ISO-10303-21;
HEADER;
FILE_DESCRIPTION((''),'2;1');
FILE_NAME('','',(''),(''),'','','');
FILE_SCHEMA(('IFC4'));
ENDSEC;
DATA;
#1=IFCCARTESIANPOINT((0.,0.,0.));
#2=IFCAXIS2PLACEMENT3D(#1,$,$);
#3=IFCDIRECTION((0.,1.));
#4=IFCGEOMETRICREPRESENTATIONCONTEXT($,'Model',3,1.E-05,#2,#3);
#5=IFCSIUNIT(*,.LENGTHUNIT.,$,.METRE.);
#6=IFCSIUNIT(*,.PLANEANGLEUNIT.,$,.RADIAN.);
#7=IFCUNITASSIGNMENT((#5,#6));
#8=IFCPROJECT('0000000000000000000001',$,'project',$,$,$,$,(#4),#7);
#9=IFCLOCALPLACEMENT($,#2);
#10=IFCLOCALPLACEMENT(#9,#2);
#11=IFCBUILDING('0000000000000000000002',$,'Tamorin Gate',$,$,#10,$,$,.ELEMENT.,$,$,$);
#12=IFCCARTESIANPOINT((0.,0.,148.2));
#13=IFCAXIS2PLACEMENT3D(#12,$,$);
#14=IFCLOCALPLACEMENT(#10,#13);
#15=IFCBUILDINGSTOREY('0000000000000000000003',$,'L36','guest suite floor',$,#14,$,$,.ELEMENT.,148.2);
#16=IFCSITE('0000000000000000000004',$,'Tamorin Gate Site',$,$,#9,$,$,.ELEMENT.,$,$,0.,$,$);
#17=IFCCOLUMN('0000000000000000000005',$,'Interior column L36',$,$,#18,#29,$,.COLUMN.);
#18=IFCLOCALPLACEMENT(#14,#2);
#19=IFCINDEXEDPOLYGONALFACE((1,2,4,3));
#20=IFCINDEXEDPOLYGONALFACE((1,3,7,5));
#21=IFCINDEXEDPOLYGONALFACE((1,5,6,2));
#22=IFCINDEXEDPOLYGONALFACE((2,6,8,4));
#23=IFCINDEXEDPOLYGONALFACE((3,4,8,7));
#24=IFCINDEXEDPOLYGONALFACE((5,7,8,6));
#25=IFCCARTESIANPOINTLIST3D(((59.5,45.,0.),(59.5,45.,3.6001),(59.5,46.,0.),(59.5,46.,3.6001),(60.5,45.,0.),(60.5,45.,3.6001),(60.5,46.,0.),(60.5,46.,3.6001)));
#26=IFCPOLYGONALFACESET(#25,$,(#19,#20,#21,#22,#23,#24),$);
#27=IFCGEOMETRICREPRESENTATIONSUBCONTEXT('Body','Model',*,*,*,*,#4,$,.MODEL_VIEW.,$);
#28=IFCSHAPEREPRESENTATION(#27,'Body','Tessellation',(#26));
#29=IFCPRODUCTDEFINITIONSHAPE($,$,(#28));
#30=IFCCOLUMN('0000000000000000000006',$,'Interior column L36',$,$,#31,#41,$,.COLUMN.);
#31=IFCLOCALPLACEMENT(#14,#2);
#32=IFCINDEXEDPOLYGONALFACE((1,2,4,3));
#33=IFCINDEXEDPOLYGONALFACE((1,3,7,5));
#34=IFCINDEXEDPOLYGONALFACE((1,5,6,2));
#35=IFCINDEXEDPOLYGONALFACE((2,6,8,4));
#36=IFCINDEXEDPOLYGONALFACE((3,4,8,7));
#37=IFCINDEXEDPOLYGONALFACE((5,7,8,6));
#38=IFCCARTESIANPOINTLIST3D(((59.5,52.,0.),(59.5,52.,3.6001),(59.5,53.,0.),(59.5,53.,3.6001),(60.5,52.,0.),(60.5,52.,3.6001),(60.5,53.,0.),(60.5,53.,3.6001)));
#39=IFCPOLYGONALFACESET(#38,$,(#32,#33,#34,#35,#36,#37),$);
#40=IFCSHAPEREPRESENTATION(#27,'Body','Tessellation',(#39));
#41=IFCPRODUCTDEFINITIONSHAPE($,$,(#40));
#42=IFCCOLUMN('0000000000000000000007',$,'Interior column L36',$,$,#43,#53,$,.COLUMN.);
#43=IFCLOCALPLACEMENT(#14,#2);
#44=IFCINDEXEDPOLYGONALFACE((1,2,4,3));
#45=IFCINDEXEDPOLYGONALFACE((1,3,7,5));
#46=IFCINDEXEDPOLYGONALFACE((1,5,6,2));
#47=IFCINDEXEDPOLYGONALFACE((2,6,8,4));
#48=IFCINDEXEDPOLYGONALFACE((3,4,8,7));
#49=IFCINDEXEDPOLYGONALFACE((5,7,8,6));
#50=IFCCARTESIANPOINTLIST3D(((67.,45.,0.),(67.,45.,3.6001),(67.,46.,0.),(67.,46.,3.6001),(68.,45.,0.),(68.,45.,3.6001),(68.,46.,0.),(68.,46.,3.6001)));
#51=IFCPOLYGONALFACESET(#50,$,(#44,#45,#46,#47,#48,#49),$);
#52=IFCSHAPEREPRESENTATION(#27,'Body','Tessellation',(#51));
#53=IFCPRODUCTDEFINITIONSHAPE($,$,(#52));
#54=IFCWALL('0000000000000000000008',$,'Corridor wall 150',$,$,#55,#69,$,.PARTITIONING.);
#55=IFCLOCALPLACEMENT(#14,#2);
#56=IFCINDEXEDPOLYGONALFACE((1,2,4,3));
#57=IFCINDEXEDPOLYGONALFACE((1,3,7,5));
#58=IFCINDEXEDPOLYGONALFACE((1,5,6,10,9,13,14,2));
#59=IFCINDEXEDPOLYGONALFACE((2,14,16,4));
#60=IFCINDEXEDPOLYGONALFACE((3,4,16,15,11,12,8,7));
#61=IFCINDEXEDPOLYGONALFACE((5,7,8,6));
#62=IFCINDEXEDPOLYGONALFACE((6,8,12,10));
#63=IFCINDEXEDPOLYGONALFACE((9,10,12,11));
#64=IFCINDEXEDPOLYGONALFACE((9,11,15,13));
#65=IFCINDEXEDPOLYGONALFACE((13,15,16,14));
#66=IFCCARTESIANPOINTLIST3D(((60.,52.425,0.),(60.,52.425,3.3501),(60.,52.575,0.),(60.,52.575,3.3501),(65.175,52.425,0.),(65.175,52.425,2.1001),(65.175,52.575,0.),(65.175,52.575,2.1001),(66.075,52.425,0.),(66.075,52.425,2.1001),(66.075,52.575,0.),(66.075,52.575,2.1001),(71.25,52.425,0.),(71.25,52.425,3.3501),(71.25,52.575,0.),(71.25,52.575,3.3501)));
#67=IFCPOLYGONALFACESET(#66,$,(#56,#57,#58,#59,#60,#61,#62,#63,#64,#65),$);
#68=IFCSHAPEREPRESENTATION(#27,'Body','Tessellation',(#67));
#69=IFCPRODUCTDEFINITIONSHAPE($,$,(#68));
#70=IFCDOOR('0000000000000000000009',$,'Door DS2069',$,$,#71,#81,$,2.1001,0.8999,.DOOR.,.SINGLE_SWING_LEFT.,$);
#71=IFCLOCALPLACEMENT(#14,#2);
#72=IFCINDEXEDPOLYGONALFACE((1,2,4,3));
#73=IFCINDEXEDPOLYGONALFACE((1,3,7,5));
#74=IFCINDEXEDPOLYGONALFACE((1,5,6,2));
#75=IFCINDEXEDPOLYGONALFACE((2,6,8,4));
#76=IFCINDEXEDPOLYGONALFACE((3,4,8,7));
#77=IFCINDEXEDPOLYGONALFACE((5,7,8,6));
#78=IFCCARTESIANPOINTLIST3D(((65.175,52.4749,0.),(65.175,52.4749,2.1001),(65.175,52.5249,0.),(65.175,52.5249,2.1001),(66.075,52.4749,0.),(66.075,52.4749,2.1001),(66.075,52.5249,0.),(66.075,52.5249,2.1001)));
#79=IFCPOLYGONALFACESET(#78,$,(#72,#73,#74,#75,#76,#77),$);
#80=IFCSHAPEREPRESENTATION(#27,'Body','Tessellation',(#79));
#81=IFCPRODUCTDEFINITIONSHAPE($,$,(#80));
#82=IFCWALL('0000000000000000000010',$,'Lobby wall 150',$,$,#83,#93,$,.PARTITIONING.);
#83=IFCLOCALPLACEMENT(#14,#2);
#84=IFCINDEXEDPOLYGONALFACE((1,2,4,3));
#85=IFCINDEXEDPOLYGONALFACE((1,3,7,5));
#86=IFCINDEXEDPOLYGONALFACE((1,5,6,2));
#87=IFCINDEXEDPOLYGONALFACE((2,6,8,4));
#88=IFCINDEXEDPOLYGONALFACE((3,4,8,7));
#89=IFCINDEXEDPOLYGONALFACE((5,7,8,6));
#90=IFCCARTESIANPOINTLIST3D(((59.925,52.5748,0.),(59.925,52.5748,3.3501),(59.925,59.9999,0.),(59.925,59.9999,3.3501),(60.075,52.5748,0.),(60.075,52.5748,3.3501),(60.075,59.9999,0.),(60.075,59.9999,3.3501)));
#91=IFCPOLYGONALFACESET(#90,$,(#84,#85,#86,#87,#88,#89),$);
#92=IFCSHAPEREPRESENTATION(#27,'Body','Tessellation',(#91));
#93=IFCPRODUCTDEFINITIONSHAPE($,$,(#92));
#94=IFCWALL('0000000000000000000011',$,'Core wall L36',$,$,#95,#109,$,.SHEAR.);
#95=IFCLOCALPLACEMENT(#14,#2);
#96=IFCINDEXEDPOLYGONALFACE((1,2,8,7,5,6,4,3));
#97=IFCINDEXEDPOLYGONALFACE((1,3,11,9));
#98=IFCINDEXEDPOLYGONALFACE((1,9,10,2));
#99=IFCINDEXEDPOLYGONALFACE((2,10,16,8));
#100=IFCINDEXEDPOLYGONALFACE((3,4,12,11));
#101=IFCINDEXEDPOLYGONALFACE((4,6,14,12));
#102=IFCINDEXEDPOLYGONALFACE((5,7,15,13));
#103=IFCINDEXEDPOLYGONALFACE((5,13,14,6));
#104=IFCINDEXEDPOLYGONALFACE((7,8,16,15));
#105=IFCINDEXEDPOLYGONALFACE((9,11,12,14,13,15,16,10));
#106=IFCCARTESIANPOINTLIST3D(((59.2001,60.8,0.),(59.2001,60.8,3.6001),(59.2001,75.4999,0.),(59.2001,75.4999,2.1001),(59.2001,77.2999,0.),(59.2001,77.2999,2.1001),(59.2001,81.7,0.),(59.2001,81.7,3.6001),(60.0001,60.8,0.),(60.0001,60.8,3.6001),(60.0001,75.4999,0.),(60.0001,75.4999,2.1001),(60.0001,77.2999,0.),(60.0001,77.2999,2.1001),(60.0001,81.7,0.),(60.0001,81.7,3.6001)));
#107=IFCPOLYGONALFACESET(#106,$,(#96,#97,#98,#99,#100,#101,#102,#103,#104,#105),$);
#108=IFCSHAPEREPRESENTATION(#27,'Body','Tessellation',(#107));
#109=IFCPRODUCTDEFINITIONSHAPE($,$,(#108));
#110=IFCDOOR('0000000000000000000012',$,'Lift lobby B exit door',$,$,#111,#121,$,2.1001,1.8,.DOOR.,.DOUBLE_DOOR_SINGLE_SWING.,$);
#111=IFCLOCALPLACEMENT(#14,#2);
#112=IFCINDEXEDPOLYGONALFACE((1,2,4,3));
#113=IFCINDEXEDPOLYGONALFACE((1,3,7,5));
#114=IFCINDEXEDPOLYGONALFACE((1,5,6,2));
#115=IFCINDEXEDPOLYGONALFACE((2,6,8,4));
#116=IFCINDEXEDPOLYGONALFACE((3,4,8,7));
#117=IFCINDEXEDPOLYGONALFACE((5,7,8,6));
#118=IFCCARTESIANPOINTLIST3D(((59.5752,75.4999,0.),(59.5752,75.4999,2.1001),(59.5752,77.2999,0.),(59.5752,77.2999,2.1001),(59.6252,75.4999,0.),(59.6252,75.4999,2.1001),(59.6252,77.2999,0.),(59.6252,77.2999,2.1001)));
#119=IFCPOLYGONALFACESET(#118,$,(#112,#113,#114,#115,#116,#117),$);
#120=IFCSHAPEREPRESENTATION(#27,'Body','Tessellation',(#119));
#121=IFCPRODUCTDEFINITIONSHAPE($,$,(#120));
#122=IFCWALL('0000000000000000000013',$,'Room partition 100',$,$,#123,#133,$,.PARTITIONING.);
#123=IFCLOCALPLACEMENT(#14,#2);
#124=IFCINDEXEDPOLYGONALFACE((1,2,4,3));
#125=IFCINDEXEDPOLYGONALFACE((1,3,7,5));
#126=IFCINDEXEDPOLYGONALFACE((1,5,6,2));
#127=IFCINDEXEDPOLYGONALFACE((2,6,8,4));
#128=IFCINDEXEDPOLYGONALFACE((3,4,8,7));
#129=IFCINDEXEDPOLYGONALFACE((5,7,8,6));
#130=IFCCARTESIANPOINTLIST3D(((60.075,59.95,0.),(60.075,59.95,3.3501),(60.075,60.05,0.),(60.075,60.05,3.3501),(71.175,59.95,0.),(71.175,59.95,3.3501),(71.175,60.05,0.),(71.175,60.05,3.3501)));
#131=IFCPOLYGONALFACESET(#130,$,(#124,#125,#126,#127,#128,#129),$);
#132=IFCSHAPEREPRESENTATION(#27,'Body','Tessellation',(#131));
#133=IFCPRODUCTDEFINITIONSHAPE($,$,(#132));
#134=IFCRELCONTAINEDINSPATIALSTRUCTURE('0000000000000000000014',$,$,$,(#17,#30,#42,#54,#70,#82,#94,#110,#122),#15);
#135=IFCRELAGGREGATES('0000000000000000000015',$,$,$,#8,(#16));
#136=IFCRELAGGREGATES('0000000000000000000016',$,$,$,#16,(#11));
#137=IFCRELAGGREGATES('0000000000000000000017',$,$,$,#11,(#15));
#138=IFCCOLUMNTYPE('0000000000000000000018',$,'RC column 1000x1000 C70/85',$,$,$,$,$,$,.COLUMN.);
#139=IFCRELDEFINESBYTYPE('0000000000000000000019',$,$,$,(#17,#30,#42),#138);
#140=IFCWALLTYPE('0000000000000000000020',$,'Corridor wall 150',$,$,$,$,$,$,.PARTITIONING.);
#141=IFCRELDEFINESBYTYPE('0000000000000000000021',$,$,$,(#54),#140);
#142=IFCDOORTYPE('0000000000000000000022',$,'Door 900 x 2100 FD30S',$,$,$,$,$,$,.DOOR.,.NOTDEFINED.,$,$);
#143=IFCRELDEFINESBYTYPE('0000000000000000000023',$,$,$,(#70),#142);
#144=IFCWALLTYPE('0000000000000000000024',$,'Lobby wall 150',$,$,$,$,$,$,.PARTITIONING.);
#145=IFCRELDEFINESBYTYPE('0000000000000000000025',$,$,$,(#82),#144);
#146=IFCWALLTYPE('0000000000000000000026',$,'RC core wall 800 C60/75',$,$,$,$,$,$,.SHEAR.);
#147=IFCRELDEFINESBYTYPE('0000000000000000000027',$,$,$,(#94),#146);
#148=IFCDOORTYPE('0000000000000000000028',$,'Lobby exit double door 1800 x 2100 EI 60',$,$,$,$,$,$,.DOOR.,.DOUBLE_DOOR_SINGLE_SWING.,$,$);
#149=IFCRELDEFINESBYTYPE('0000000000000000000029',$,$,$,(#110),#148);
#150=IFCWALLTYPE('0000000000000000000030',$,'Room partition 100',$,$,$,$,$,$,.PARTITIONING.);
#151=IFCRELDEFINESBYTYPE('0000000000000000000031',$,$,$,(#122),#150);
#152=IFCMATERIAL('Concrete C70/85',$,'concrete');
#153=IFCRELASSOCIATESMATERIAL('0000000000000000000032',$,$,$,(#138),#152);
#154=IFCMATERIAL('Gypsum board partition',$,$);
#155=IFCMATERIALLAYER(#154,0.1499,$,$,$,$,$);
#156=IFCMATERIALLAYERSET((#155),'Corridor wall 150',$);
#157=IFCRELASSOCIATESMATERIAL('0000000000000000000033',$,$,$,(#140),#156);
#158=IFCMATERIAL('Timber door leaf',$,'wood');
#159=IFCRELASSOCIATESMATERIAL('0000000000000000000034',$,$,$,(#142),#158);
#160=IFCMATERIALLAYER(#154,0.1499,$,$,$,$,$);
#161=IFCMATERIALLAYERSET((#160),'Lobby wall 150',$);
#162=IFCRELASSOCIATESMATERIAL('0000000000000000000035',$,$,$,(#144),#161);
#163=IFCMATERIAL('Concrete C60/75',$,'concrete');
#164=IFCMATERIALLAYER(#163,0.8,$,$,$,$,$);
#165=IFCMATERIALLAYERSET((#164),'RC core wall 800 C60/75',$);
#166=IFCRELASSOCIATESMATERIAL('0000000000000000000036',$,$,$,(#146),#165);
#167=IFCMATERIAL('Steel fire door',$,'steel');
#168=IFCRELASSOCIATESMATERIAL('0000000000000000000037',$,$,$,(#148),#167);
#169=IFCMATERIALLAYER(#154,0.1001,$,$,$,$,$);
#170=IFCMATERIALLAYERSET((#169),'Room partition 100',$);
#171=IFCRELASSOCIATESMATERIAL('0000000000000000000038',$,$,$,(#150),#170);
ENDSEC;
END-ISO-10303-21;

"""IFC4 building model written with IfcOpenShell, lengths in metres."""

from ifc_helpers import new_model, si_unit, direction, frame, frame_2d, origin, origin_2d, place, context, subcontext, project, spatial, rectangle, extrude, material, layer, layer_set, material_profile, profile_set, type_object, element, fill, save


model = new_model("IFC4")

# Units and contexts
model_context = context("Model", 3, precision=1e-05, world=origin(), true_north=direction((0.0, 1.0)))
body_context = subcontext(model_context, "Body", "Model", "MODEL_VIEW")
ifc_project = project(units=[si_unit("LENGTHUNIT", "METRE"), si_unit("PLANEANGLEUNIT", "RADIAN")], contexts=[model_context])

# Site, building, storey
site_placement = place(None, origin())
site = spatial("IfcSite", under=ifc_project, at=site_placement, Name="Tamorin Gate Site", CompositionType="ELEMENT", RefElevation=0.0)
building_placement = place(site_placement, origin())
building = spatial("IfcBuilding", under=site, at=building_placement, Name="Tamorin Gate", CompositionType="ELEMENT")
storey_placement = place(building_placement, frame((0.0, 0.0, 148.2)))
storey = spatial("IfcBuildingStorey", under=building, at=storey_placement, Name="L36", Description="guest suite floor", CompositionType="ELEMENT", Elevation=148.2)

# Columns
ifc_material_1 = material(Name="Concrete C70/85", Category="concrete")
ifc_material_profile = material_profile(ifc_material_1, rectangle(XDim=1.0, YDim=1.0, at=origin_2d()), Name="RC 1000x1000")
ifc_profile_set = profile_set([ifc_material_profile], Name="Concrete C70/85")
column_type = type_object("IfcColumnType", Name="RC column 1000x1000 C70/85", PredefinedType="COLUMN", material=ifc_profile_set)
for number, where, z_axis, x_axis, name in (
    (1, (60.0, 45.5, 0.0), (0.0, 0.0, 1.0), (1.0, 0.0, 0.0), "Interior column L36"),
    (2, (60.0, 52.5, 0.0), (0.0, 0.0, 1.0), (1.0, 0.0, 0.0), "Interior column L36"),
    (3, (67.5, 45.5, 0.0), (0.0, 0.0, 1.0), (1.0, 0.0, 0.0), "Interior column L36"),
):
    element("IfcColumn", number, at=place(storey_placement, frame(where, z_axis=z_axis, x_axis=x_axis)), inside=storey, type_object=column_type, Name=name, PredefinedType="COLUMN", context=body_context, shape_type="SweptSolid", body=[
        extrude(rectangle(XDim=1.0, YDim=1.0, at=origin_2d()), origin(), (0.0, 0.0, 1.0), 3.6001),
    ])

# Wall, opening, door
ifc_material_2 = material(Name="Gypsum board partition")
ifc_layer_1 = layer(ifc_material_2, 0.1499)
ifc_layer_set_1 = layer_set([ifc_layer_1], Name="Corridor wall 150")
wall_type_1 = type_object("IfcWallType", Name="Corridor wall 150", PredefinedType="PARTITIONING", material=ifc_layer_set_1)
wall_1_placement = place(storey_placement, frame((60.0, 52.5, 0.0), z_axis=(0.0, 0.0, 1.0), x_axis=(1.0, 0.0, 0.0)))
wall_1 = element("IfcWall", 4, at=wall_1_placement, inside=storey, type_object=wall_type_1, Name="Corridor wall 150", PredefinedType="PARTITIONING", context=body_context, shape_type="SweptSolid", body=[
    extrude(rectangle(XDim=11.25, YDim=0.1499, at=frame_2d((5.625, 0.0))), origin(), (0.0, 0.0, 1.0), 3.3501),
])
opening_1_placement = place(wall_1_placement, frame((5.175, 0.0, 0.0)))
opening_1 = element("IfcOpeningElement", 5, at=opening_1_placement, cuts=wall_1, PredefinedType="OPENING", context=body_context, shape_type="SweptSolid", body=[
    extrude(rectangle(XDim=0.8999, YDim=2.1001, at=frame_2d((0.45, 1.05))), frame((0.0, 0.085, 0.0), z_axis=(0.0, -1.0, 0.0), x_axis=(1.0, 0.0, 0.0)), (0.0, 0.0, 1.0), 0.1699),
])
ifc_material_3 = material(Name="Timber door leaf", Category="wood")
door_type_1 = type_object("IfcDoorType", Name="Door 900 x 2100 FD30S", OperationType="NOTDEFINED", PredefinedType="DOOR", material=ifc_material_3)
door_1_placement = place(opening_1_placement, origin())
door_1 = element("IfcDoor", 6, at=door_1_placement, inside=storey, type_object=door_type_1, Name="Door DS2069", OperationType="SINGLE_SWING_LEFT", OverallHeight=2.1001, OverallWidth=0.8999, PredefinedType="DOOR", context=body_context, shape_type="SweptSolid", body=[
    extrude(rectangle(XDim=0.8999, YDim=2.1001, at=frame_2d((0.45, 1.05))), frame((0.0, 0.0249, 0.0), z_axis=(0.0, -1.0, 0.0), x_axis=(1.0, 0.0, 0.0)), (0.0, 0.0, 1.0), 0.05),
])
fill(opening_1, door_1)

# Wall
ifc_layer_2 = layer(ifc_material_2, 0.1499)
ifc_layer_set_2 = layer_set([ifc_layer_2], Name="Lobby wall 150")
wall_type_2 = type_object("IfcWallType", Name="Lobby wall 150", PredefinedType="PARTITIONING", material=ifc_layer_set_2)
wall_2_placement = place(storey_placement, frame((60.0, 52.575, 0.0), z_axis=(0.0, 0.0, 1.0), x_axis=(0.0, 1.0, 0.0)))
element("IfcWall", 7, at=wall_2_placement, inside=storey, type_object=wall_type_2, Name="Lobby wall 150", PredefinedType="PARTITIONING", context=body_context, shape_type="SweptSolid", body=[
    extrude(rectangle(XDim=7.425, YDim=0.1499, at=frame_2d((3.7124, 0.0))), origin(), (0.0, 0.0, 1.0), 3.3501),
])

# Wall, opening, door
ifc_material_4 = material(Name="Concrete C60/75", Category="concrete")
ifc_layer_3 = layer(ifc_material_4, 0.8)
ifc_layer_set_3 = layer_set([ifc_layer_3], Name="RC core wall 800 C60/75")
wall_type_3 = type_object("IfcWallType", Name="RC core wall 800 C60/75", PredefinedType="SHEAR", material=ifc_layer_set_3)
wall_3_placement = place(storey_placement, frame((59.6001, 60.8, 0.0), z_axis=(0.0, 0.0, 1.0), x_axis=(0.0, 1.0, 0.0)))
wall_3 = element("IfcWall", 8, at=wall_3_placement, inside=storey, type_object=wall_type_3, Name="Core wall L36", PredefinedType="SHEAR", context=body_context, shape_type="SweptSolid", body=[
    extrude(rectangle(XDim=20.8999, YDim=0.8, at=frame_2d((10.45, 0.0))), origin(), (0.0, 0.0, 1.0), 3.6001),
])
opening_2_placement = place(wall_3_placement, frame((14.7, 0.0, 0.0)))
opening_2 = element("IfcOpeningElement", 9, at=opening_2_placement, cuts=wall_3, PredefinedType="OPENING", context=body_context, shape_type="SweptSolid", body=[
    extrude(rectangle(XDim=1.8, YDim=2.1001, at=frame_2d((0.8999, 1.05))), frame((0.0, 0.4099, 0.0), z_axis=(0.0, -1.0, 0.0), x_axis=(1.0, 0.0, 0.0)), (0.0, 0.0, 1.0), 0.8201),
])
ifc_material_5 = material(Name="Steel fire door", Category="steel")
door_type_2 = type_object("IfcDoorType", Name="Lobby exit double door 1800 x 2100 EI 60", OperationType="DOUBLE_DOOR_SINGLE_SWING", PredefinedType="DOOR", material=ifc_material_5)
door_2_placement = place(opening_2_placement, origin())
door_2 = element("IfcDoor", 10, at=door_2_placement, inside=storey, type_object=door_type_2, Name="Lift lobby B exit door", OperationType="DOUBLE_DOOR_SINGLE_SWING", OverallHeight=2.1001, OverallWidth=1.8, PredefinedType="DOOR", context=body_context, shape_type="SweptSolid", body=[
    extrude(rectangle(XDim=1.8, YDim=2.1001, at=frame_2d((0.8999, 1.05))), frame((0.0, 0.0249, 0.0), z_axis=(0.0, -1.0, 0.0), x_axis=(1.0, 0.0, 0.0)), (0.0, 0.0, 1.0), 0.05),
])
fill(opening_2, door_2)

# Wall
ifc_layer_4 = layer(ifc_material_2, 0.1001)
ifc_layer_set_4 = layer_set([ifc_layer_4], Name="Room partition 100")
wall_type_4 = type_object("IfcWallType", Name="Room partition 100", PredefinedType="PARTITIONING", material=ifc_layer_set_4)
wall_4_placement = place(storey_placement, frame((60.075, 60.0, 0.0), z_axis=(0.0, 0.0, 1.0), x_axis=(1.0, 0.0, 0.0)))
element("IfcWall", 11, at=wall_4_placement, inside=storey, type_object=wall_type_4, Name="Room partition 100", PredefinedType="PARTITIONING", context=body_context, shape_type="SweptSolid", body=[
    extrude(rectangle(XDim=11.1001, YDim=0.1001, at=frame_2d((5.55, 0.0))), origin(), (0.0, 0.0, 1.0), 3.3501),
])

save(model, "model.ifc")
